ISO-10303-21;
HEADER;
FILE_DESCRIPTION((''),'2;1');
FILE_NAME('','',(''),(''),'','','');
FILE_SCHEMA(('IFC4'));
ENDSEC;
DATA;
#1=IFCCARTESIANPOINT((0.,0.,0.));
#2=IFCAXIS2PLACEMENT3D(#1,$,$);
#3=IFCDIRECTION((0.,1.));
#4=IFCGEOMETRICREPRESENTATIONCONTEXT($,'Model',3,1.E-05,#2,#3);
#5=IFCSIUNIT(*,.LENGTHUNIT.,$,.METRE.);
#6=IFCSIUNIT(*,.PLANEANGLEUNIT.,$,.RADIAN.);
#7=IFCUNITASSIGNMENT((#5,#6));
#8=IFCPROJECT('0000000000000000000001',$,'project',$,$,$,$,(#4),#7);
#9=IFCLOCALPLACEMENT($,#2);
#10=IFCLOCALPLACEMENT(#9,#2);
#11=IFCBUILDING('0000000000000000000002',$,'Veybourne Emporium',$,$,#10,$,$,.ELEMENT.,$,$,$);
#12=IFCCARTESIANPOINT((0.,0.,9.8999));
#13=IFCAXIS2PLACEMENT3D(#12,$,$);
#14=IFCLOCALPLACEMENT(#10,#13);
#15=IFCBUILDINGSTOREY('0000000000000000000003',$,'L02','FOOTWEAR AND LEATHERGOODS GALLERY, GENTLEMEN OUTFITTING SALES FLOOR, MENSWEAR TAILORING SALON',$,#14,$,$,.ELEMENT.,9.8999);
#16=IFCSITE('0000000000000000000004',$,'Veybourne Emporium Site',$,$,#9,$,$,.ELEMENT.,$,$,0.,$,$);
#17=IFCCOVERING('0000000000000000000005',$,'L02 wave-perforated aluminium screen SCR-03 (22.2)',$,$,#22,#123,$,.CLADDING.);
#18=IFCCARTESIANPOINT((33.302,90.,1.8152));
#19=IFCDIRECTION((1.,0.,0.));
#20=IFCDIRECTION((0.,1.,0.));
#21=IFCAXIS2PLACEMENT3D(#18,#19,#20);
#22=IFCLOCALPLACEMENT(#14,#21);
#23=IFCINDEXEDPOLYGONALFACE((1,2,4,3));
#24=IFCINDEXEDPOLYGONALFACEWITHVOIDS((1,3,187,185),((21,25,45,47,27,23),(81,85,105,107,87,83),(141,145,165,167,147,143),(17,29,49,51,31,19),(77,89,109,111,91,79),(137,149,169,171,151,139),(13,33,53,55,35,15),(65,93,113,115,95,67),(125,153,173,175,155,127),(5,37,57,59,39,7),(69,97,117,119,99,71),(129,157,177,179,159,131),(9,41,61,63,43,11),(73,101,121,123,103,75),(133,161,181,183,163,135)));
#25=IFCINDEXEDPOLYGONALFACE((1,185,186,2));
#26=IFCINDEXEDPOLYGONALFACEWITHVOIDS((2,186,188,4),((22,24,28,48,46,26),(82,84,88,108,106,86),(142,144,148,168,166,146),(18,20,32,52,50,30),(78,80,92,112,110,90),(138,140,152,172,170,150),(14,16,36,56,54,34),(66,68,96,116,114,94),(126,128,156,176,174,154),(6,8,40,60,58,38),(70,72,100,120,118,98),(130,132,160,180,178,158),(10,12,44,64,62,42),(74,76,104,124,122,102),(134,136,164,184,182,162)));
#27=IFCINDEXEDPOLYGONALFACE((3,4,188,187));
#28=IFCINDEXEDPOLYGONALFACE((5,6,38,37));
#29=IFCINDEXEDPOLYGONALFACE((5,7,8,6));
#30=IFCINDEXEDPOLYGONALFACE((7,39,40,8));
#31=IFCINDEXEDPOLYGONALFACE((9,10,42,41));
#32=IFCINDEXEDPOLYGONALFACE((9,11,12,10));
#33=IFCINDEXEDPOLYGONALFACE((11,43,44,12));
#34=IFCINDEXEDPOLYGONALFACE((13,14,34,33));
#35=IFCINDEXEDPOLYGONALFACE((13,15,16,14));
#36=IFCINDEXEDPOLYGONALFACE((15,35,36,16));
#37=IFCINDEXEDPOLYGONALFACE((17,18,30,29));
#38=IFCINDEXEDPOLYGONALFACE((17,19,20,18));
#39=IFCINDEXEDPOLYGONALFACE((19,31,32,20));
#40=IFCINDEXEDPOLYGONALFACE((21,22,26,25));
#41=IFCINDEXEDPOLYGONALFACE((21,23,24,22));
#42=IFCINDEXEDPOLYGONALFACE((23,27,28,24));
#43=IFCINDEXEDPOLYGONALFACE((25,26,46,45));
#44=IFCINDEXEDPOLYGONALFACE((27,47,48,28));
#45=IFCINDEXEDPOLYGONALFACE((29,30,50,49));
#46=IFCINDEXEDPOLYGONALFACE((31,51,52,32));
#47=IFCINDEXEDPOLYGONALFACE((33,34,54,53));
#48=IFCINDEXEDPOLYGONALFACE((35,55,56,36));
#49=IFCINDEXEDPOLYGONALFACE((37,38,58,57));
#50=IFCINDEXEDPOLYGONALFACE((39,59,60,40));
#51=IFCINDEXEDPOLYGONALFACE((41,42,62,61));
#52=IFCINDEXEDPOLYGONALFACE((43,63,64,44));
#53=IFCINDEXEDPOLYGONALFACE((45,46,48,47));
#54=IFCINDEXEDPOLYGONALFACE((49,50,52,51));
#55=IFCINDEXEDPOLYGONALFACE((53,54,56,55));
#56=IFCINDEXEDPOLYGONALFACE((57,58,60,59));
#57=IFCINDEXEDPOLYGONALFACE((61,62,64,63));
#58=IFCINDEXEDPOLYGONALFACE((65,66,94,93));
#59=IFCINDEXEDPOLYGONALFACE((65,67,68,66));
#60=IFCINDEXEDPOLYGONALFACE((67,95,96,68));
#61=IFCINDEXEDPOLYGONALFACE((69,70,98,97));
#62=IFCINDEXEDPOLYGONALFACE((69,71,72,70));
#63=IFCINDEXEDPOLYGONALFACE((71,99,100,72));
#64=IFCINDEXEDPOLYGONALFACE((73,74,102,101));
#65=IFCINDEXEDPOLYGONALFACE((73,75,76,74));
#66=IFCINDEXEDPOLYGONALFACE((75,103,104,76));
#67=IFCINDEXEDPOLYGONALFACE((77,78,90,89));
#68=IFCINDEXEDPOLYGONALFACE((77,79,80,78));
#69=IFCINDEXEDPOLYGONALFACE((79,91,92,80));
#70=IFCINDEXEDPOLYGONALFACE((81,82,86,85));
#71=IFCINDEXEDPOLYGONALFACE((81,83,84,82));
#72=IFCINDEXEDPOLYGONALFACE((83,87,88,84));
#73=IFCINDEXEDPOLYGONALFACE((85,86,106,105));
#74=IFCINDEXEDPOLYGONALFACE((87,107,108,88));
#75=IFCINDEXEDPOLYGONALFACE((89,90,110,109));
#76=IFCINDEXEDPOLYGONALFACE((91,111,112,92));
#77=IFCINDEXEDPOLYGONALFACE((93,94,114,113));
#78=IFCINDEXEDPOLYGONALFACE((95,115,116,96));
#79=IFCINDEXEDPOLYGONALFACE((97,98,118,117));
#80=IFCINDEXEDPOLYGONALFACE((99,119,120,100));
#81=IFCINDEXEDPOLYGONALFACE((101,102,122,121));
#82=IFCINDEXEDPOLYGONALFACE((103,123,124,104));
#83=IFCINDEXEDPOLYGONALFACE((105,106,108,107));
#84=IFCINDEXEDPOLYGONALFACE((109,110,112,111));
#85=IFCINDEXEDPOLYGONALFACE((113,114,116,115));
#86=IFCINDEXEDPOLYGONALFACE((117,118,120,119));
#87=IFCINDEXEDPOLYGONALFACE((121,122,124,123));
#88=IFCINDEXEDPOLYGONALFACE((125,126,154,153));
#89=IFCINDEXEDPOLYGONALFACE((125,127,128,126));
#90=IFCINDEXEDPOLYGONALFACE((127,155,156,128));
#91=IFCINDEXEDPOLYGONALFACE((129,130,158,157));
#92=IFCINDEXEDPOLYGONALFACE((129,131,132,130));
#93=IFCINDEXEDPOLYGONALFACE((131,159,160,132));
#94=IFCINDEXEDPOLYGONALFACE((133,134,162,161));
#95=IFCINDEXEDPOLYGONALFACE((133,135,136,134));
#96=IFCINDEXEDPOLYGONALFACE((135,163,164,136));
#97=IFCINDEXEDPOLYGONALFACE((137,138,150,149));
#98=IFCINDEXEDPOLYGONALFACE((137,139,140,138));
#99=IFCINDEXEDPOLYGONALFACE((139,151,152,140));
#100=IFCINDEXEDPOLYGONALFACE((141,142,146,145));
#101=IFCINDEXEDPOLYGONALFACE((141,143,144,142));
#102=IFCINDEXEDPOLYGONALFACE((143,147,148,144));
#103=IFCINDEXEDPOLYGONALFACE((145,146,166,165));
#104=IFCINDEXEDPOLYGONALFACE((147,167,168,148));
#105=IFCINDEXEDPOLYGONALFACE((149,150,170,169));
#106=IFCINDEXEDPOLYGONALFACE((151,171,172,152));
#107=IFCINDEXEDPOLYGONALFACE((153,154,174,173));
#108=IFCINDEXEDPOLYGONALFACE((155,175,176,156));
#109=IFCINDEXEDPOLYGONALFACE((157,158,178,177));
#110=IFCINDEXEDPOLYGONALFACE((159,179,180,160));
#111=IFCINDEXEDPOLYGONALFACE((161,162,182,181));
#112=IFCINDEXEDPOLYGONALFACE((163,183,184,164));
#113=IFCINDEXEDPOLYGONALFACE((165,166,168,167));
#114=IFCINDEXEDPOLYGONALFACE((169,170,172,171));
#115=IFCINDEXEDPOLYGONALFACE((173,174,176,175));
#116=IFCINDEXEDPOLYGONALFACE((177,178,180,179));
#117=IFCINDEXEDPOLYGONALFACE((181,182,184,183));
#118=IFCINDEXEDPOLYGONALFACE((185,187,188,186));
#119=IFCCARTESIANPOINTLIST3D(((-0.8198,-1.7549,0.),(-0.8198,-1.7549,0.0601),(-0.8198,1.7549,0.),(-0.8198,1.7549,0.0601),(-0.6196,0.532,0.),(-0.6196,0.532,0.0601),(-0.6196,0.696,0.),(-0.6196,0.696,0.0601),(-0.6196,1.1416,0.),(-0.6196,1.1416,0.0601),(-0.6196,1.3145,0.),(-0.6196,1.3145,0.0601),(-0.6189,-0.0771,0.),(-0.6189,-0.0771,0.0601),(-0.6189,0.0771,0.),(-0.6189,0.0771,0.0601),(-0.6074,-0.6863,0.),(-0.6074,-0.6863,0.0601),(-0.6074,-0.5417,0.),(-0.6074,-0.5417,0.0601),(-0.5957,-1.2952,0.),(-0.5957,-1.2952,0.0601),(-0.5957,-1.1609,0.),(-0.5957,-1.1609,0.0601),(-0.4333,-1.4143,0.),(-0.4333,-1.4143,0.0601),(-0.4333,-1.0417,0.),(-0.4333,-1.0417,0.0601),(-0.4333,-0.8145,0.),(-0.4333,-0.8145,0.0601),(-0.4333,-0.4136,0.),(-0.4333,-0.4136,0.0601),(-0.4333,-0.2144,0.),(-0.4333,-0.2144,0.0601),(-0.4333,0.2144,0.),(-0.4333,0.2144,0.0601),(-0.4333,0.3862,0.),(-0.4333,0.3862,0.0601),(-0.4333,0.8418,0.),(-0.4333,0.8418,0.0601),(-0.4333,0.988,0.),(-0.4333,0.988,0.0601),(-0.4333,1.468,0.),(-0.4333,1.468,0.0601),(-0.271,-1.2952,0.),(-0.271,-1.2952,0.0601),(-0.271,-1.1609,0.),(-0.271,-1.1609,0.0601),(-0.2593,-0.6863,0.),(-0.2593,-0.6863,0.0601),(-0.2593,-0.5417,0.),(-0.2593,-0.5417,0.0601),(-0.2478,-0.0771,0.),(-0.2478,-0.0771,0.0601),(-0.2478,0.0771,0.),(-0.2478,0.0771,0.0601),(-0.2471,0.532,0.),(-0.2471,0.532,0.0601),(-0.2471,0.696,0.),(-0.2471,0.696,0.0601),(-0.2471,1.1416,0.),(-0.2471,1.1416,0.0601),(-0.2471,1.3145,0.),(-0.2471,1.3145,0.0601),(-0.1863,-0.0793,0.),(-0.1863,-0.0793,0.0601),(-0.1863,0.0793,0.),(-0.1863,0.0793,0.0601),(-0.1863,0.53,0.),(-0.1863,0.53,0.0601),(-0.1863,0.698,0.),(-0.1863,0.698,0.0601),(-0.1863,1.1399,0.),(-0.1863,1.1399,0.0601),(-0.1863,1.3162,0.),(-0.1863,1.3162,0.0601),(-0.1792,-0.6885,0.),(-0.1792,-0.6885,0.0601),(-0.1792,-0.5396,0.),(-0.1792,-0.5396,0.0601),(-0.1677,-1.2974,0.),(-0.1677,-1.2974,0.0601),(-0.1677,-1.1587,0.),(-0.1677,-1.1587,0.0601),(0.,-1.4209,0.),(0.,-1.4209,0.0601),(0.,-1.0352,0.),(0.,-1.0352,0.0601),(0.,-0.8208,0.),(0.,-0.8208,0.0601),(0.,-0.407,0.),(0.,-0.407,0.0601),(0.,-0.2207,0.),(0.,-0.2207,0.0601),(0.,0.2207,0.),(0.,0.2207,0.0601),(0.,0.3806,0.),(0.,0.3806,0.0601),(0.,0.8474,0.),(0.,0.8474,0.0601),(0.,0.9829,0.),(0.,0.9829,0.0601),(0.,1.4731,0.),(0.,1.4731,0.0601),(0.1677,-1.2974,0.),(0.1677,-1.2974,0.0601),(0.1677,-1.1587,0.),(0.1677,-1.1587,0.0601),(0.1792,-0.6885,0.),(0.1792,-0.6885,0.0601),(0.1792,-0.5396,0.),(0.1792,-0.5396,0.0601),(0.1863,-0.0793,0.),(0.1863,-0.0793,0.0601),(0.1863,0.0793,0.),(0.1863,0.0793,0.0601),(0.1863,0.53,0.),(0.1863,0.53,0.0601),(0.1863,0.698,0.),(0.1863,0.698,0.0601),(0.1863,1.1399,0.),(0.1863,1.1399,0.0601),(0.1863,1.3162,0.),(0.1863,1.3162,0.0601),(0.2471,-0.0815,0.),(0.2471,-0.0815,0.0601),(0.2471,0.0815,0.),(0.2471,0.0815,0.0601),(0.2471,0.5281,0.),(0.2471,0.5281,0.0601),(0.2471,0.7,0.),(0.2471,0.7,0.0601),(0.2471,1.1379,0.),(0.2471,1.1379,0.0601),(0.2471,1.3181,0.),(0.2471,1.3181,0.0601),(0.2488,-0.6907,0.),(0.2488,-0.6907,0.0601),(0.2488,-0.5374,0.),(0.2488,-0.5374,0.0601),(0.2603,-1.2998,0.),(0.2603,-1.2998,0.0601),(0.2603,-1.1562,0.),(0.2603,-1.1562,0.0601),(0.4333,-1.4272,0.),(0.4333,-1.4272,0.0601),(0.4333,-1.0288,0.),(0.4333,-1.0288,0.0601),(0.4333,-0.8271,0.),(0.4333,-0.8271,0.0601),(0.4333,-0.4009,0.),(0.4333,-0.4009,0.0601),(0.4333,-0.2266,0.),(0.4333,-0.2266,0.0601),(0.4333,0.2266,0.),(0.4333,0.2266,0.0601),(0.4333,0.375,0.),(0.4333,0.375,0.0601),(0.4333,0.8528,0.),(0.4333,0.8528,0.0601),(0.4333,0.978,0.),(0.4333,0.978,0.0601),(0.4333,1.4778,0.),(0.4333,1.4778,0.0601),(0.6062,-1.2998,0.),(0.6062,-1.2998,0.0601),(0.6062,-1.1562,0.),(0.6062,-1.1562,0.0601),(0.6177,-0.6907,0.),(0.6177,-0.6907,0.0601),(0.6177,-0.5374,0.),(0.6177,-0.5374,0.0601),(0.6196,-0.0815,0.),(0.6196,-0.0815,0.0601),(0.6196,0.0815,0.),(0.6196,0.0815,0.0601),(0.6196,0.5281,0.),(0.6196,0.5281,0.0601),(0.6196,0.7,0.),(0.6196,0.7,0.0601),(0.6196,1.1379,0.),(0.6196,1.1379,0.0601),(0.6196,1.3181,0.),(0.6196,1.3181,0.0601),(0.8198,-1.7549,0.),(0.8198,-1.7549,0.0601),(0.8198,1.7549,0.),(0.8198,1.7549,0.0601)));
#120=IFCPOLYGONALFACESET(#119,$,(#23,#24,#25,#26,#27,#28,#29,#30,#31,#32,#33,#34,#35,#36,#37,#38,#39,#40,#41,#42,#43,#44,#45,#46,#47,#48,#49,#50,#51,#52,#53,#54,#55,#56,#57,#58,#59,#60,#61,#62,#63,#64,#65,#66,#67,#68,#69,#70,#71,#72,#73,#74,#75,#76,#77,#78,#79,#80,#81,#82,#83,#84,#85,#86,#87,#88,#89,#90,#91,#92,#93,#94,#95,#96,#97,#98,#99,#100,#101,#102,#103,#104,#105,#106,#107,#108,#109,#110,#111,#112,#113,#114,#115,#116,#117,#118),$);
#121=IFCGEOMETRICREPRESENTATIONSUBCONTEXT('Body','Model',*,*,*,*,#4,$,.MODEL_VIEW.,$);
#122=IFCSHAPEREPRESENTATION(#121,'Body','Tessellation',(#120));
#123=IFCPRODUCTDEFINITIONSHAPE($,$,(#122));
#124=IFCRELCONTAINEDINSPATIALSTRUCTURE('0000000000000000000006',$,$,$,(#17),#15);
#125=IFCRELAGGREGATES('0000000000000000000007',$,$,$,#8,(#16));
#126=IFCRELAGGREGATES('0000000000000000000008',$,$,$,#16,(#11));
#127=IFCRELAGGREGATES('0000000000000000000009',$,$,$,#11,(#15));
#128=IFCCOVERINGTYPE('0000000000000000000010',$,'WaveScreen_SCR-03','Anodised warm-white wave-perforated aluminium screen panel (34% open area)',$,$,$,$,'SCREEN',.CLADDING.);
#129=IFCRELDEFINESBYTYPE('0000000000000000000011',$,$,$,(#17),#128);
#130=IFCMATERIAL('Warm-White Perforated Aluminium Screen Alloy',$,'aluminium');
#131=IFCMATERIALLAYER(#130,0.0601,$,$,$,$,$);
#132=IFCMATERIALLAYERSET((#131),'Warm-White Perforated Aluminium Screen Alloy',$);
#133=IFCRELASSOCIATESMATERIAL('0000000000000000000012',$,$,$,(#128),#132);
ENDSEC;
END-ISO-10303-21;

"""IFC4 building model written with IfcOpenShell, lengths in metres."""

from ifc_helpers import new_model, si_unit, direction, frame, origin, place, context, subcontext, project, spatial, polyline, outline, extrude, material, layer, layer_set, type_object, element, save


model = new_model("IFC4")

# Units and contexts
model_context = context("Model", 3, precision=1e-05, world=origin(), true_north=direction((0.0, 1.0)))
body_context = subcontext(model_context, "Body", "Model", "MODEL_VIEW")
ifc_project = project(units=[si_unit("LENGTHUNIT", "METRE"), si_unit("PLANEANGLEUNIT", "RADIAN")], contexts=[model_context])

# Site, building, storey
site_placement = place(None, origin())
site = spatial("IfcSite", under=ifc_project, at=site_placement, Name="Veybourne Emporium Site", CompositionType="ELEMENT", RefElevation=0.0)
building_placement = place(site_placement, origin())
building = spatial("IfcBuilding", under=site, at=building_placement, Name="Veybourne Emporium", CompositionType="ELEMENT")
storey_placement = place(building_placement, frame((0.0, 0.0, 9.8999)))
storey = spatial("IfcBuildingStorey", under=building, at=storey_placement, Name="L02", Description="FOOTWEAR AND LEATHERGOODS GALLERY, GENTLEMEN OUTFITTING SALES FLOOR, MENSWEAR TAILORING SALON", CompositionType="ELEMENT", Elevation=9.8999)

# Covering
ifc_material_1 = material(Name="Warm-White Perforated Aluminium Screen Alloy", Category="aluminium")
ifc_layer_1 = layer(ifc_material_1, 0.0601)
ifc_layer_set_1 = layer_set([ifc_layer_1], Name="Warm-White Perforated Aluminium Screen Alloy")
covering_type_1 = type_object("IfcCoveringType", Name="WaveScreen_SCR-03", Description="Anodised warm-white wave-perforated aluminium screen panel (34% open area)", ElementType="SCREEN", PredefinedType="CLADDING", material=ifc_layer_set_1)
covering_1_placement = place(storey_placement, frame((33.302, 90.0, 1.8152), z_axis=(1.0, 0.0, 0.0), x_axis=(0.0, 1.0, 0.0)))
element("IfcCovering", 1, at=covering_1_placement, inside=storey, type_object=covering_type_1, Name="L02 wave-perforated aluminium screen SCR-03 (22.2)", PredefinedType="CLADDING", context=body_context, shape_type="SweptSolid", body=[
    extrude(outline(polyline([(-0.8198, -1.7549), (0.8198, -1.7549), (0.8198, 1.7549), (-0.8198, 1.7549), (-0.8198, -1.7549)]), holes=[polyline([(-0.4333, -1.0417), (-0.271, -1.1609), (-0.271, -1.2952), (-0.4333, -1.4143), (-0.5957, -1.2952), (-0.5957, -1.1609), (-0.4333, -1.0417)]), polyline([(-0.4333, -0.4136), (-0.2593, -0.5417), (-0.2593, -0.6863), (-0.4333, -0.8145), (-0.6074, -0.6863), (-0.6074, -0.5417), (-0.4333, -0.4136)]), polyline([(-0.4333, 0.2144), (-0.2478, 0.0771), (-0.2478, -0.0771), (-0.4333, -0.2144), (-0.6189, -0.0771), (-0.6189, 0.0771), (-0.4333, 0.2144)]), polyline([(-0.4333, 0.8418), (-0.2471, 0.696), (-0.2471, 0.532), (-0.4333, 0.3862), (-0.6196, 0.532), (-0.6196, 0.696), (-0.4333, 0.8418)]), polyline([(-0.4333, 1.468), (-0.2471, 1.3145), (-0.2471, 1.1416), (-0.4333, 0.988), (-0.6196, 1.1416), (-0.6196, 1.3145), (-0.4333, 1.468)]), polyline([(0.0, -1.0352), (0.1677, -1.1587), (0.1677, -1.2974), (0.0, -1.4209), (-0.1677, -1.2974), (-0.1677, -1.1587), (0.0, -1.0352)]), polyline([(0.0, -0.407), (0.1792, -0.5396), (0.1792, -0.6885), (0.0, -0.8208), (-0.1792, -0.6885), (-0.1792, -0.5396), (0.0, -0.407)]), polyline([(0.0, 0.2207), (0.1863, 0.0793), (0.1863, -0.0793), (0.0, -0.2207), (-0.1863, -0.0793), (-0.1863, 0.0793), (0.0, 0.2207)]), polyline([(0.0, 0.8474), (0.1863, 0.698), (0.1863, 0.53), (0.0, 0.3806), (-0.1863, 0.53), (-0.1863, 0.698), (0.0, 0.8474)]), polyline([(0.0, 1.4731), (0.1863, 1.3162), (0.1863, 1.1399), (0.0, 0.9829), (-0.1863, 1.1399), (-0.1863, 1.3162), (0.0, 1.4731)]), polyline([(0.4333, -1.0288), (0.6062, -1.1562), (0.6062, -1.2998), (0.4333, -1.4272), (0.2603, -1.2998), (0.2603, -1.1562), (0.4333, -1.0288)]), polyline([(0.4333, -0.4009), (0.6177, -0.5374), (0.6177, -0.6907), (0.4333, -0.8271), (0.2488, -0.6907), (0.2488, -0.5374), (0.4333, -0.4009)]), polyline([(0.4333, 0.2266), (0.6196, 0.0815), (0.6196, -0.0815), (0.4333, -0.2266), (0.2471, -0.0815), (0.2471, 0.0815), (0.4333, 0.2266)]), polyline([(0.4333, 0.8528), (0.6196, 0.7), (0.6196, 0.5281), (0.4333, 0.375), (0.2471, 0.5281), (0.2471, 0.7), (0.4333, 0.8528)]), polyline([(0.4333, 1.4778), (0.6196, 1.3181), (0.6196, 1.1379), (0.4333, 0.978), (0.2471, 1.1379), (0.2471, 1.3181), (0.4333, 1.4778)])]), origin(), (0.0, 0.0, 1.0), 0.0601),
])

save(model, "model.ifc")
